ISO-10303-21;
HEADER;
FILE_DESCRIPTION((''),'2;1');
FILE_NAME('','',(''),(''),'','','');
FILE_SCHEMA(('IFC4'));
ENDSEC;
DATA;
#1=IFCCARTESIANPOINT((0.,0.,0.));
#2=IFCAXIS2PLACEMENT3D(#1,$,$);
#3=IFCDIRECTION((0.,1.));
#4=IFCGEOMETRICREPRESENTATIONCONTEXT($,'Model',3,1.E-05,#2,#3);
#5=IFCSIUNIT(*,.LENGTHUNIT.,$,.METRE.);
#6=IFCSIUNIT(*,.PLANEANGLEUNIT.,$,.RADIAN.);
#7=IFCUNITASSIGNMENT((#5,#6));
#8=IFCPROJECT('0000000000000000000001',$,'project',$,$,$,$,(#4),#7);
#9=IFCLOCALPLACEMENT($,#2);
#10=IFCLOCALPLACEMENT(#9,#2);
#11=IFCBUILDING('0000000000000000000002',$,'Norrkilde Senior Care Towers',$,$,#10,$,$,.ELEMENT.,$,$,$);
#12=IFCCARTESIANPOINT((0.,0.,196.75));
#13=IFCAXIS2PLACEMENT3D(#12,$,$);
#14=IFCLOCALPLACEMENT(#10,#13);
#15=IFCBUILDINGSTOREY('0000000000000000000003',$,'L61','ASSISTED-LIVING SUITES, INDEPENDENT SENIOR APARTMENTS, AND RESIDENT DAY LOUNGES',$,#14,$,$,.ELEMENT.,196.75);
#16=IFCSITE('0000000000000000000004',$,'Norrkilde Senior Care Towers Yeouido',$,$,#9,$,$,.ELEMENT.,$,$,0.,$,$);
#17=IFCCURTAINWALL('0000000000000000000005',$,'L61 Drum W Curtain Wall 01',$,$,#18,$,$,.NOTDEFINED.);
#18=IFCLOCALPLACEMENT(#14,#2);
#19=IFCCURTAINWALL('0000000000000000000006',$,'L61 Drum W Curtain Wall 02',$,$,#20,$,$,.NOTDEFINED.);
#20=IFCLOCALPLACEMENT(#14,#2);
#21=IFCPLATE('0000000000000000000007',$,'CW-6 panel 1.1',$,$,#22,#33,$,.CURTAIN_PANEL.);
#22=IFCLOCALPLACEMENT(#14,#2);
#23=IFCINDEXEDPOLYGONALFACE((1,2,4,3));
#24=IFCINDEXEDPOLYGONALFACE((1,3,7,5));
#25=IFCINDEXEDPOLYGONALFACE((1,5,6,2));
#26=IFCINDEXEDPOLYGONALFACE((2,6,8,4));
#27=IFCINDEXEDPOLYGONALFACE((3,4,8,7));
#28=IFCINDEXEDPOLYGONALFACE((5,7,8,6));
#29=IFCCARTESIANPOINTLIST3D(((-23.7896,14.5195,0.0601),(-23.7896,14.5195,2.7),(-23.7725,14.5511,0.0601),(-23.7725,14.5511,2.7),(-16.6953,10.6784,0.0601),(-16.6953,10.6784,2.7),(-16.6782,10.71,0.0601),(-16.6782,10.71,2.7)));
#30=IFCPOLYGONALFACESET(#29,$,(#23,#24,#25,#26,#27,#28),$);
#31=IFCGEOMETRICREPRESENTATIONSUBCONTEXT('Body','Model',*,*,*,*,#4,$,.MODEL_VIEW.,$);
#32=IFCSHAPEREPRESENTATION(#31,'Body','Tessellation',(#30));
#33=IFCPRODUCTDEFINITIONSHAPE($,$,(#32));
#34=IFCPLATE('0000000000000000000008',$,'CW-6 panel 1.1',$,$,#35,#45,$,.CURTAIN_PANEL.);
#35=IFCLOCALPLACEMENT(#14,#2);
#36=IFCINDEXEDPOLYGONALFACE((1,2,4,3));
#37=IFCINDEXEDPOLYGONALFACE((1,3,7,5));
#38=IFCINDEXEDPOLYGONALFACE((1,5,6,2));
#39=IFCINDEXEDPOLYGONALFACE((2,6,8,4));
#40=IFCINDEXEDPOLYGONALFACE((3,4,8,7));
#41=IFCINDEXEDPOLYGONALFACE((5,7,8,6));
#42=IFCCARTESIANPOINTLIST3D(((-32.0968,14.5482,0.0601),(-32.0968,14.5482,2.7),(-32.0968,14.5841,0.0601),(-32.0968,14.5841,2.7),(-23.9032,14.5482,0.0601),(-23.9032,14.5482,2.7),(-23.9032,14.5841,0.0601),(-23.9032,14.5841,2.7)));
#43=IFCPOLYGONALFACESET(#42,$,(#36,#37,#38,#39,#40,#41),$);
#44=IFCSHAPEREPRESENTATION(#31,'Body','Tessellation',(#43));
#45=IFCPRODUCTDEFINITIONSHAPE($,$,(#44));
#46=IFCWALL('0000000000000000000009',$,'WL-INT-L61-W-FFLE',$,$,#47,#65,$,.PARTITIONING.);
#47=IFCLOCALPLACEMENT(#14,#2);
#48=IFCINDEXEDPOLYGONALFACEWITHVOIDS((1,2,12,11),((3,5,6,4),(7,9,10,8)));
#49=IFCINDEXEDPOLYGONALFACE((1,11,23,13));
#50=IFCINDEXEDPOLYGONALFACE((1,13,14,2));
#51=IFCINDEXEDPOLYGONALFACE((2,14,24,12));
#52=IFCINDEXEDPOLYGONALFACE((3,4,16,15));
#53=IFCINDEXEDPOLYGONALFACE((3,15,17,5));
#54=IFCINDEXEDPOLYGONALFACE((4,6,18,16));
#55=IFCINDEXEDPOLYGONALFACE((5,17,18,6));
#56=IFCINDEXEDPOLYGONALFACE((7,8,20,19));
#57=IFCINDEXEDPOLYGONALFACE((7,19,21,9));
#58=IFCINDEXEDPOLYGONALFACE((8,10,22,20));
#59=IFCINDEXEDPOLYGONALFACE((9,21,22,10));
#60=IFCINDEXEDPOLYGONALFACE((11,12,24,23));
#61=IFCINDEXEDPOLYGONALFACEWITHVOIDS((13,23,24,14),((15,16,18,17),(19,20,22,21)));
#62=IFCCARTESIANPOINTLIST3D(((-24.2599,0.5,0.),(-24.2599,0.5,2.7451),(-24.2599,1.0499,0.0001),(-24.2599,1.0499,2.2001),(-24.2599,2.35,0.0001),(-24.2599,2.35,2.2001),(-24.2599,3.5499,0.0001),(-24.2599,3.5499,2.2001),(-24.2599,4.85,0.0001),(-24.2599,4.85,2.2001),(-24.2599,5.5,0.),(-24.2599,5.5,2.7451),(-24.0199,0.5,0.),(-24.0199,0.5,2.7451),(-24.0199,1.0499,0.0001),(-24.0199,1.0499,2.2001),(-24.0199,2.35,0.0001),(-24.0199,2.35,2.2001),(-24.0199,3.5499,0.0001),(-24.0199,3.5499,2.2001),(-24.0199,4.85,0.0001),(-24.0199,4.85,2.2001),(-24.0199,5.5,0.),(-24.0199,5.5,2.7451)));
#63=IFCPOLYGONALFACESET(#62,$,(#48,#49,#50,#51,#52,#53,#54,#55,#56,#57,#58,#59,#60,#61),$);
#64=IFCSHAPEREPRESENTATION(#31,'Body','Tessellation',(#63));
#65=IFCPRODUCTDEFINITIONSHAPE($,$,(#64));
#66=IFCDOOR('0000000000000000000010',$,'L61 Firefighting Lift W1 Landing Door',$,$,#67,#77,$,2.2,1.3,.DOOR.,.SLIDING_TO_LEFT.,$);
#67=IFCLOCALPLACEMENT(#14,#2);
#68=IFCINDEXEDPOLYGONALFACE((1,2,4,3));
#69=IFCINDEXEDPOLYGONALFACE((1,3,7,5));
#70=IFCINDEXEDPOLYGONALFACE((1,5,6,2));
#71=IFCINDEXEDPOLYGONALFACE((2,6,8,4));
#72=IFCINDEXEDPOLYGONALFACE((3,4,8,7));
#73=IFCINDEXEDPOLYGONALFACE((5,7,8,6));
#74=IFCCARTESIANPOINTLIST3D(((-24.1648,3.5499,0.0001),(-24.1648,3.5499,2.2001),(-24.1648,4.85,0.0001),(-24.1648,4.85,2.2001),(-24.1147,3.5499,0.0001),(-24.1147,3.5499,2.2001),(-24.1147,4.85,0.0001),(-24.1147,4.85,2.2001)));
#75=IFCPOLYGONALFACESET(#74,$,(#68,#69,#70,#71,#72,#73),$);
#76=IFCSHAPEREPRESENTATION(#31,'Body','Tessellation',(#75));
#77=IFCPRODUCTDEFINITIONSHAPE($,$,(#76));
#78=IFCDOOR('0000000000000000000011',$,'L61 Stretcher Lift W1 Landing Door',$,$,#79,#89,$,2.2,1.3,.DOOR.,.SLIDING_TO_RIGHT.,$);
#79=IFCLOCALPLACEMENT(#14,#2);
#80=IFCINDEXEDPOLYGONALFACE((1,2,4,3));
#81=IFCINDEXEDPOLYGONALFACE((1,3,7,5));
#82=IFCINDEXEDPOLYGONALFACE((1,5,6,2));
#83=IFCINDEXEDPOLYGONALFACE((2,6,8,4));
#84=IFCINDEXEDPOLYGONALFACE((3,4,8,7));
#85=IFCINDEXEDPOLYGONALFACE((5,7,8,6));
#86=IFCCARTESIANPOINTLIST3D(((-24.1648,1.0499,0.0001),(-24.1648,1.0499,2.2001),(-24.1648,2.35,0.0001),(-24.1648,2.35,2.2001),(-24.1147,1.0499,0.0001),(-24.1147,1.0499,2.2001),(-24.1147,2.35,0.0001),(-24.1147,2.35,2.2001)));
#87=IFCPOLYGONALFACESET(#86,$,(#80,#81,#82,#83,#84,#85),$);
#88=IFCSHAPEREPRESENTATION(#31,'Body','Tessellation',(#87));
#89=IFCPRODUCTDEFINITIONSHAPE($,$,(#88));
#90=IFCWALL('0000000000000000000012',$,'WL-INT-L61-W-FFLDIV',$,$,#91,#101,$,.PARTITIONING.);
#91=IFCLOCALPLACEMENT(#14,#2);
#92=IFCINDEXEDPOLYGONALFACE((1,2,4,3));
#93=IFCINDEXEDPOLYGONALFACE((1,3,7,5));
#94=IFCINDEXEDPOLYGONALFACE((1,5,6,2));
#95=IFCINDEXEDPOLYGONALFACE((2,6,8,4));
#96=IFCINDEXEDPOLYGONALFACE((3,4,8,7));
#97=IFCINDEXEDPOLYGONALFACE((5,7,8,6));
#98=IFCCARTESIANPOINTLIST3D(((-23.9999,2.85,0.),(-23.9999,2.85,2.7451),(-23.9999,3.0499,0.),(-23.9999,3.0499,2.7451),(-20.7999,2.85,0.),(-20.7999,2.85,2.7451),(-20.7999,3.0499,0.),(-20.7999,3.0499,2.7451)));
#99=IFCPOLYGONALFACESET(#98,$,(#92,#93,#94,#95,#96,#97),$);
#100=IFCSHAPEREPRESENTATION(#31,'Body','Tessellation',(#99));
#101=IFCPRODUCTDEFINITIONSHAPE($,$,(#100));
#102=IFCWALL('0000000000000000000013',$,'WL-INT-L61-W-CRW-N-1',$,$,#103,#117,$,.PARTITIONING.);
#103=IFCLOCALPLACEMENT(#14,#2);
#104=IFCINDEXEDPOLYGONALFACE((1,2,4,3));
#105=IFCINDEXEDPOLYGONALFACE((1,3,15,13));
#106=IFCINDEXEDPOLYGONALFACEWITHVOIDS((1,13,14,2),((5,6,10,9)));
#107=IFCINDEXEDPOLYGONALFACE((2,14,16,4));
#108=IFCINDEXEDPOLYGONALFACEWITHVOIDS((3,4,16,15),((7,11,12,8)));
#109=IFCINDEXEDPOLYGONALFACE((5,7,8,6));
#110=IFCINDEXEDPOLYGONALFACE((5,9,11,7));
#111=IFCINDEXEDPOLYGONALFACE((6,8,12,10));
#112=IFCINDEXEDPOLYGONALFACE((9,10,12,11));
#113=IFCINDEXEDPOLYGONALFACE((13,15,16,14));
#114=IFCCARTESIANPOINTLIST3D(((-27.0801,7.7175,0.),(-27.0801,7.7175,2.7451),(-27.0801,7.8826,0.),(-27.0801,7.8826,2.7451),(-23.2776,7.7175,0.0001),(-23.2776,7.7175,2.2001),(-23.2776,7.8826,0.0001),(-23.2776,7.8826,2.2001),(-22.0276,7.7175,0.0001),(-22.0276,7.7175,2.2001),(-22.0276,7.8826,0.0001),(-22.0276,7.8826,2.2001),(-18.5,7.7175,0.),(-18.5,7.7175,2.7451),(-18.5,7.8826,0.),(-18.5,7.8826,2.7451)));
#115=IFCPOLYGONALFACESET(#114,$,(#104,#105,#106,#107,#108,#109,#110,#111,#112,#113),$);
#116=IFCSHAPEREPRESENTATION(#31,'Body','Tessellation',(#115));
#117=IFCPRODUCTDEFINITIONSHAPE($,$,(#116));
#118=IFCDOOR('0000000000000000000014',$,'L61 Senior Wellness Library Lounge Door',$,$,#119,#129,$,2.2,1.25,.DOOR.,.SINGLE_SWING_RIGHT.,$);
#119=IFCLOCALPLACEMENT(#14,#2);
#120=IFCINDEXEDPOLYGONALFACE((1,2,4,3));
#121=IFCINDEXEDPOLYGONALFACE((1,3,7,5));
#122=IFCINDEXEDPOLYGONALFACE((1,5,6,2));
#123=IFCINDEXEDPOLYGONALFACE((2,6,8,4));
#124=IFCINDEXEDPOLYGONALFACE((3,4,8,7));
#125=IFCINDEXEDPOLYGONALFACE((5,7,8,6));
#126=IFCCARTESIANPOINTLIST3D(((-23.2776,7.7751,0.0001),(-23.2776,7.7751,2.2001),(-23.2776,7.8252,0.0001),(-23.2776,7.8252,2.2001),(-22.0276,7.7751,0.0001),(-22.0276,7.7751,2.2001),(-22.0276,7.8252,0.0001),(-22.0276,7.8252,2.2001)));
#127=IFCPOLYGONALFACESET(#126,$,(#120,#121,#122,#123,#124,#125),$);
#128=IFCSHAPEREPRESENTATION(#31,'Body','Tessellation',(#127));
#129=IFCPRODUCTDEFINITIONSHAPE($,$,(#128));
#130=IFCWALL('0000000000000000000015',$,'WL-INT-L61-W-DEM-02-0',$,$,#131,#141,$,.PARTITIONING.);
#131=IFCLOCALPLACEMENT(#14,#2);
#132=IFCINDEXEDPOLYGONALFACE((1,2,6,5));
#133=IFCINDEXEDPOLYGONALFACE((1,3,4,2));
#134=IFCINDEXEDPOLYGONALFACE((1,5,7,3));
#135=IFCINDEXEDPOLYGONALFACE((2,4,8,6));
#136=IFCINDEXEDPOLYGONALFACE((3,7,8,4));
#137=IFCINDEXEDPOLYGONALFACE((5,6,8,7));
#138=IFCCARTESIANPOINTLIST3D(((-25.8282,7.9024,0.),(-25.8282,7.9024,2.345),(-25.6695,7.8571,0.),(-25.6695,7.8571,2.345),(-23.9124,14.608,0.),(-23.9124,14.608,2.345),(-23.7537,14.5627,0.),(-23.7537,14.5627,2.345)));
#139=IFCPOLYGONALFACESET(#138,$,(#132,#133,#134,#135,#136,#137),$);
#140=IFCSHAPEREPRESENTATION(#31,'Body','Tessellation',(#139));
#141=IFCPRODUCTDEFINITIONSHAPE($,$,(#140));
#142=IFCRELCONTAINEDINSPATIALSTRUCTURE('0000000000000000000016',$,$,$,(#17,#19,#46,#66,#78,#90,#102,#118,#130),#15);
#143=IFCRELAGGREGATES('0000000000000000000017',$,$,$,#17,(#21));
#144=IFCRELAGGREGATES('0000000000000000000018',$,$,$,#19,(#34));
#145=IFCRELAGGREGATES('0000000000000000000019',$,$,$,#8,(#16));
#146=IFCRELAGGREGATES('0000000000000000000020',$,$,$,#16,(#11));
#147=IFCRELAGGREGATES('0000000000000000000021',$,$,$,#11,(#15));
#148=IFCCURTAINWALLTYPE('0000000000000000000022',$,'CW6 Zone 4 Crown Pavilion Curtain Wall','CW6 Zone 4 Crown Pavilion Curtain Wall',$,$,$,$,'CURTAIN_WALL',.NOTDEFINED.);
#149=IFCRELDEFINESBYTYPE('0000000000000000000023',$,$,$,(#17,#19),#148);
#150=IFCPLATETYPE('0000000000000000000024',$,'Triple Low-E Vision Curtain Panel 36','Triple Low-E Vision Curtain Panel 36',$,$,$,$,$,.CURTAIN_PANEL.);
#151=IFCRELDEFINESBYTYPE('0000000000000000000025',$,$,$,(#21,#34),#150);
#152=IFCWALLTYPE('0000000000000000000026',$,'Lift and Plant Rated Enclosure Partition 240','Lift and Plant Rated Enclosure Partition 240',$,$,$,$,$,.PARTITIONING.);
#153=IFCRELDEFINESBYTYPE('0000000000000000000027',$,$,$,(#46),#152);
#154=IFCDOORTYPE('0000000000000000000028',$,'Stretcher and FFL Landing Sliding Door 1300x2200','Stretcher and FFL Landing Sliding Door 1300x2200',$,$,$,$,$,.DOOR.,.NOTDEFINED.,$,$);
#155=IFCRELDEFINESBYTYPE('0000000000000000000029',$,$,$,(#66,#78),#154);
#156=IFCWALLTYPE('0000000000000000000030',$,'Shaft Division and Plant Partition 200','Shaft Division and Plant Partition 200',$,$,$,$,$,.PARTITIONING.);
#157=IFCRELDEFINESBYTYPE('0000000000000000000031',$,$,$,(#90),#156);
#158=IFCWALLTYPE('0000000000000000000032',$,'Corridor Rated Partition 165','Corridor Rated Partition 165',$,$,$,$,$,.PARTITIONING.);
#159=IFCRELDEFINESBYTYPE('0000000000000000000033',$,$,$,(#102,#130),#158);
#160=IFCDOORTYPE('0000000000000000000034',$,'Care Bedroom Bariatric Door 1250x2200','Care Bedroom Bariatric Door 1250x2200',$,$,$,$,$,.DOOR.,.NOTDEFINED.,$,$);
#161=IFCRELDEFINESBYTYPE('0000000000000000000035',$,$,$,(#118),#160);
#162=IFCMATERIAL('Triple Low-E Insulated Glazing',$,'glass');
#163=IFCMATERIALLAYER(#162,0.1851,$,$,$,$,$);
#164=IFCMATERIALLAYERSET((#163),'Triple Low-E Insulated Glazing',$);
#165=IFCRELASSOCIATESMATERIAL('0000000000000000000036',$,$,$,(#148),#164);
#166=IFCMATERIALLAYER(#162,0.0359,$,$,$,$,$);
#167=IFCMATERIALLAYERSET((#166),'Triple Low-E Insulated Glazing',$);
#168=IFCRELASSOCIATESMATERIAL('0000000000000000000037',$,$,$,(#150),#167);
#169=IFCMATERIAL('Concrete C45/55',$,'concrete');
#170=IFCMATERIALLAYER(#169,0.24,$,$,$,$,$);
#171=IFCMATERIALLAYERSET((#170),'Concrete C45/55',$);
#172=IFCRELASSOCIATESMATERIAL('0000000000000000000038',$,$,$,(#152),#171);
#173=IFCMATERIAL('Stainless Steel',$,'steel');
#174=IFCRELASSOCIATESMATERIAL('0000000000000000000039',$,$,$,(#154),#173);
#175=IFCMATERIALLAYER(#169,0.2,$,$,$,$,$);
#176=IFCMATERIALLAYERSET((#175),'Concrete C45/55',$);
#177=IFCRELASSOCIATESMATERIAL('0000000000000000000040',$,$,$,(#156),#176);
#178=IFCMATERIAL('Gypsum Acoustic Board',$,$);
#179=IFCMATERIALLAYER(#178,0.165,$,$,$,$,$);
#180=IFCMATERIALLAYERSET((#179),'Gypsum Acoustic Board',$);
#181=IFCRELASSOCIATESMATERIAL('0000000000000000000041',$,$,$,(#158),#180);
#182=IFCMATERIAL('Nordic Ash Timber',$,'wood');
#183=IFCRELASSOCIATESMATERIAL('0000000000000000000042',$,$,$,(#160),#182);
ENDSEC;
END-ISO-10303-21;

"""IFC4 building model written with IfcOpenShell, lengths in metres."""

from ifc_helpers import new_model, si_unit, direction, frame, frame_2d, origin, origin_2d, place, context, subcontext, project, spatial, rectangle, extrude, source, transform, mapped, material, layer, layer_set, type_object, type_shapes, element, fill, aggregate, save


model = new_model("IFC4")

# Units and contexts
model_context = context("Model", 3, precision=1e-05, world=origin(), true_north=direction((0.0, 1.0)))
body_context = subcontext(model_context, "Body", "Model", "MODEL_VIEW")
ifc_project = project(units=[si_unit("LENGTHUNIT", "METRE"), si_unit("PLANEANGLEUNIT", "RADIAN")], contexts=[model_context])

# Site, building, storey
site_placement = place(None, origin())
site = spatial("IfcSite", under=ifc_project, at=site_placement, Name="Norrkilde Senior Care Towers Yeouido", CompositionType="ELEMENT", RefElevation=0.0)
building_placement = place(site_placement, origin())
building = spatial("IfcBuilding", under=site, at=building_placement, Name="Norrkilde Senior Care Towers", CompositionType="ELEMENT")
storey_placement = place(building_placement, frame((0.0, 0.0, 196.75)))
storey = spatial("IfcBuildingStorey", under=building, at=storey_placement, Name="L61", Description="ASSISTED-LIVING SUITES, INDEPENDENT SENIOR APARTMENTS, AND RESIDENT DAY LOUNGES", CompositionType="ELEMENT", Elevation=196.75)

# Curtain wall
ifc_material_1 = material(Name="Triple Low-E Insulated Glazing", Category="glass")
ifc_layer_1 = layer(ifc_material_1, 0.1851)
ifc_layer_set_1 = layer_set([ifc_layer_1], Name="Triple Low-E Insulated Glazing")
curtain_wall_type = type_object("IfcCurtainWallType", Name="CW6 Zone 4 Crown Pavilion Curtain Wall", Description="CW6 Zone 4 Crown Pavilion Curtain Wall", ElementType="CURTAIN_WALL", PredefinedType="NOTDEFINED", material=ifc_layer_set_1)
curtain_wall_1_placement = place(storey_placement, origin())
curtain_wall_1 = element("IfcCurtainWall", 1, at=curtain_wall_1_placement, inside=storey, type_object=curtain_wall_type, Name="L61 Drum W Curtain Wall 01", PredefinedType="NOTDEFINED")

# Curtain wall
curtain_wall_2_placement = place(storey_placement, origin())
curtain_wall_2 = element("IfcCurtainWall", 2, at=curtain_wall_2_placement, inside=storey, type_object=curtain_wall_type, Name="L61 Drum W Curtain Wall 02", PredefinedType="NOTDEFINED")

# Plates
ifc_layer_2 = layer(ifc_material_1, 0.0359)
ifc_layer_set_2 = layer_set([ifc_layer_2], Name="Triple Low-E Insulated Glazing")
plate_type_1 = type_object("IfcPlateType", Name="Triple Low-E Vision Curtain Panel 36", Description="Triple Low-E Vision Curtain Panel 36", PredefinedType="CURTAIN_PANEL", material=ifc_layer_set_2)
shared_shape_1 = source(origin(), body_context, "Body", "SweptSolid", [
    extrude(rectangle(XDim=8.0674, YDim=0.0359, at=origin_2d()), origin(), (0.0, 0.0, 1.0), 2.6399),
])
plate_1_placement = place(storey_placement, frame((-20.2339, 12.6147, 0.0601), z_axis=(0.0, 0.0, 1.0), x_axis=(0.879373, -0.476133, 0.0)))
plate_1 = element("IfcPlate", 3, at=plate_1_placement, type_object=plate_type_1, Name="CW-6 panel 1.1", PredefinedType="CURTAIN_PANEL", context=body_context, shape_type="MappedRepresentation", body=[
    mapped(shared_shape_1, transform((0.0, 0.0, 0.0), x_axis=(1.0, 0.0, 0.0), y_axis=(0.0, 1.0, 0.0), z_axis=(0.0, 0.0, 1.0), scale=1.0)),
])
aggregate(curtain_wall_1, [plate_1])
shared_shape_2 = source(origin(), body_context, "Body", "SweptSolid", [
    extrude(rectangle(XDim=8.1936, YDim=0.0359, at=origin_2d()), origin(), (0.0, 0.0, 1.0), 2.6399),
])
type_shapes(plate_type_1, [shared_shape_1, shared_shape_2])
plate_2_placement = place(storey_placement, frame((-28.0, 14.5662, 0.0601), z_axis=(0.0, 0.0, 1.0), x_axis=(1.0, 0.0, 0.0)))
plate_2 = element("IfcPlate", 4, at=plate_2_placement, type_object=plate_type_1, Name="CW-6 panel 1.1", PredefinedType="CURTAIN_PANEL", context=body_context, shape_type="MappedRepresentation", body=[
    mapped(shared_shape_2, transform((0.0, 0.0, 0.0), x_axis=(1.0, 0.0, 0.0), y_axis=(0.0, 1.0, 0.0), z_axis=(0.0, 0.0, 1.0), scale=1.0)),
])
aggregate(curtain_wall_2, [plate_2])

# Shared definitions
ifc_material_2 = material(Name="Concrete C45/55", Category="concrete")

# Wall, openings, doors
ifc_layer_3 = layer(ifc_material_2, 0.24)
ifc_layer_set_3 = layer_set([ifc_layer_3], Name="Concrete C45/55")
wall_type_1 = type_object("IfcWallType", Name="Lift and Plant Rated Enclosure Partition 240", Description="Lift and Plant Rated Enclosure Partition 240", PredefinedType="PARTITIONING", material=ifc_layer_set_3)
shared_shape_3 = source(origin(), body_context, "Body", "SweptSolid", [
    extrude(rectangle(XDim=5.0, YDim=0.24, at=frame_2d((2.5, 0.0))), origin(), (0.0, 0.0, 1.0), 2.7451),
])
type_shapes(wall_type_1, [shared_shape_3])
wall_1_placement = place(storey_placement, frame((-24.1399, 0.5, 0.0), z_axis=(0.0, 0.0, 1.0), x_axis=(0.0, 1.0, 0.0)))
wall_1 = element("IfcWall", 5, at=wall_1_placement, inside=storey, type_object=wall_type_1, Name="WL-INT-L61-W-FFLE", PredefinedType="PARTITIONING", context=body_context, shape_type="MappedRepresentation", body=[
    mapped(shared_shape_3, transform((0.0, 0.0, 0.0), x_axis=(1.0, 0.0, 0.0), y_axis=(0.0, 1.0, 0.0), z_axis=(0.0, 0.0, 1.0), scale=1.0)),
])
opening_1_placement = place(wall_1_placement, frame((3.05, 0.0, 0.0)))
opening_1 = element("IfcOpeningElement", 6, at=opening_1_placement, cuts=wall_1, PredefinedType="OPENING", context=body_context, shape_type="SweptSolid", body=[
    extrude(rectangle(XDim=1.3, YDim=2.2, at=frame_2d((0.6499, 1.1001))), frame((0.0, 0.1299, 0.0), z_axis=(0.0, -1.0, 0.0), x_axis=(1.0, 0.0, 0.0)), (0.0, 0.0, 1.0), 0.26),
])
opening_2_placement = place(wall_1_placement, frame((0.55, 0.0, 0.0)))
opening_2 = element("IfcOpeningElement", 7, at=opening_2_placement, cuts=wall_1, PredefinedType="OPENING", context=body_context, shape_type="SweptSolid", body=[
    extrude(rectangle(XDim=1.3, YDim=2.2, at=frame_2d((0.6499, 1.1001))), frame((0.0, 0.1299, 0.0), z_axis=(0.0, -1.0, 0.0), x_axis=(1.0, 0.0, 0.0)), (0.0, 0.0, 1.0), 0.26),
])
ifc_material_3 = material(Name="Stainless Steel", Category="steel")
door_type_1 = type_object("IfcDoorType", Name="Stretcher and FFL Landing Sliding Door 1300x2200", Description="Stretcher and FFL Landing Sliding Door 1300x2200", OperationType="NOTDEFINED", PredefinedType="DOOR", material=ifc_material_3)
shared_shape_4 = source(origin(), body_context, "Body", "SweptSolid", [
    extrude(rectangle(XDim=1.3, YDim=2.2, at=frame_2d((0.6499, 1.1001))), frame((0.0, 0.0249, 0.0), z_axis=(0.0, -1.0, 0.0), x_axis=(1.0, 0.0, 0.0)), (0.0, 0.0, 1.0), 0.05),
])
type_shapes(door_type_1, [shared_shape_4])
door_1_placement = place(opening_1_placement, origin())
door_1 = element("IfcDoor", 8, at=door_1_placement, inside=storey, type_object=door_type_1, Name="L61 Firefighting Lift W1 Landing Door", OperationType="SLIDING_TO_LEFT", OverallHeight=2.2, OverallWidth=1.3, PredefinedType="DOOR", context=body_context, shape_type="MappedRepresentation", body=[
    mapped(shared_shape_4, transform((0.0, 0.0, 0.0), x_axis=(1.0, 0.0, 0.0), y_axis=(0.0, 1.0, 0.0), z_axis=(0.0, 0.0, 1.0), scale=1.0)),
])
fill(opening_1, door_1)
door_2_placement = place(opening_2_placement, origin())
door_2 = element("IfcDoor", 9, at=door_2_placement, inside=storey, type_object=door_type_1, Name="L61 Stretcher Lift W1 Landing Door", OperationType="SLIDING_TO_RIGHT", OverallHeight=2.2, OverallWidth=1.3, PredefinedType="DOOR", context=body_context, shape_type="MappedRepresentation", body=[
    mapped(shared_shape_4, transform((0.0, 0.0, 0.0), x_axis=(1.0, 0.0, 0.0), y_axis=(0.0, 1.0, 0.0), z_axis=(0.0, 0.0, 1.0), scale=1.0)),
])
fill(opening_2, door_2)

# Wall
ifc_layer_4 = layer(ifc_material_2, 0.2)
ifc_layer_set_4 = layer_set([ifc_layer_4], Name="Concrete C45/55")
wall_type_2 = type_object("IfcWallType", Name="Shaft Division and Plant Partition 200", Description="Shaft Division and Plant Partition 200", PredefinedType="PARTITIONING", material=ifc_layer_set_4)
shared_shape_5 = source(origin(), body_context, "Body", "SweptSolid", [
    extrude(rectangle(XDim=3.2, YDim=0.2, at=frame_2d((1.6001, 0.0))), origin(), (0.0, 0.0, 1.0), 2.7451),
])
type_shapes(wall_type_2, [shared_shape_5])
wall_2_placement = place(storey_placement, frame((-24.0, 2.95, 0.0), z_axis=(0.0, 0.0, 1.0), x_axis=(1.0, 0.0, 0.0)))
element("IfcWall", 10, at=wall_2_placement, inside=storey, type_object=wall_type_2, Name="WL-INT-L61-W-FFLDIV", PredefinedType="PARTITIONING", context=body_context, shape_type="MappedRepresentation", body=[
    mapped(shared_shape_5, transform((0.0, 0.0, 0.0), x_axis=(1.0, 0.0, 0.0), y_axis=(0.0, 1.0, 0.0), z_axis=(0.0, 0.0, 1.0), scale=1.0)),
])

# Wall, opening, door
ifc_material_4 = material(Name="Gypsum Acoustic Board")
ifc_layer_5 = layer(ifc_material_4, 0.165)
ifc_layer_set_5 = layer_set([ifc_layer_5], Name="Gypsum Acoustic Board")
wall_type_3 = type_object("IfcWallType", Name="Corridor Rated Partition 165", Description="Corridor Rated Partition 165", PredefinedType="PARTITIONING", material=ifc_layer_set_5)
shared_shape_6 = source(origin(), body_context, "Body", "SweptSolid", [
    extrude(rectangle(XDim=8.5801, YDim=0.165, at=frame_2d((4.29, 0.0))), origin(), (0.0, 0.0, 1.0), 2.7451),
])
wall_3_placement = place(storey_placement, frame((-27.0801, 7.8, 0.0), z_axis=(0.0, 0.0, 1.0), x_axis=(1.0, 0.0, 0.0)))
wall_3 = element("IfcWall", 11, at=wall_3_placement, inside=storey, type_object=wall_type_3, Name="WL-INT-L61-W-CRW-N-1", PredefinedType="PARTITIONING", context=body_context, shape_type="MappedRepresentation", body=[
    mapped(shared_shape_6, transform((0.0, 0.0, 0.0), x_axis=(1.0, 0.0, 0.0), y_axis=(0.0, 1.0, 0.0), z_axis=(0.0, 0.0, 1.0), scale=1.0)),
])
opening_3_placement = place(wall_3_placement, frame((3.8025, 0.0, 0.0)))
opening_3 = element("IfcOpeningElement", 12, at=opening_3_placement, cuts=wall_3, PredefinedType="OPENING", context=body_context, shape_type="SweptSolid", body=[
    extrude(rectangle(XDim=1.25, YDim=2.2, at=frame_2d((0.625, 1.1001))), frame((0.0, 0.0925, 0.0), z_axis=(0.0, -1.0, 0.0), x_axis=(1.0, 0.0, 0.0)), (0.0, 0.0, 1.0), 0.1851),
])
ifc_material_5 = material(Name="Nordic Ash Timber", Category="wood")
door_type_2 = type_object("IfcDoorType", Name="Care Bedroom Bariatric Door 1250x2200", Description="Care Bedroom Bariatric Door 1250x2200", OperationType="NOTDEFINED", PredefinedType="DOOR", material=ifc_material_5)
shared_shape_7 = source(origin(), body_context, "Body", "SweptSolid", [
    extrude(rectangle(XDim=1.25, YDim=2.2, at=frame_2d((0.625, 1.1001))), frame((0.0, 0.0249, 0.0), z_axis=(0.0, -1.0, 0.0), x_axis=(1.0, 0.0, 0.0)), (0.0, 0.0, 1.0), 0.05),
])
type_shapes(door_type_2, [shared_shape_7])
door_3_placement = place(opening_3_placement, frame((1.25, 0.0, 0.0), z_axis=(0.0, 0.0, 1.0), x_axis=(-1.0, 0.0, 0.0)))
door_3 = element("IfcDoor", 13, at=door_3_placement, inside=storey, type_object=door_type_2, Name="L61 Senior Wellness Library Lounge Door", OperationType="SINGLE_SWING_RIGHT", OverallHeight=2.2, OverallWidth=1.25, PredefinedType="DOOR", context=body_context, shape_type="MappedRepresentation", body=[
    mapped(shared_shape_7, transform((0.0, 0.0, 0.0), x_axis=(1.0, 0.0, 0.0), y_axis=(0.0, 1.0, 0.0), z_axis=(0.0, 0.0, 1.0), scale=1.0)),
])
fill(opening_3, door_3)

# Wall
shared_shape_8 = source(origin(), body_context, "Body", "SweptSolid", [
    extrude(rectangle(XDim=6.9739, YDim=0.165, at=frame_2d((3.4868, 0.0))), origin(), (0.0, 0.0, 1.0), 2.345),
])
wall_4_placement = place(storey_placement, frame((-25.7488, 7.8799, 0.0), z_axis=(0.0, 0.0, 1.0), x_axis=(0.274707, 0.961528, 0.0)))
element("IfcWall", 14, at=wall_4_placement, inside=storey, type_object=wall_type_3, Name="WL-INT-L61-W-DEM-02-0", PredefinedType="PARTITIONING", context=body_context, shape_type="MappedRepresentation", body=[
    mapped(shared_shape_8, transform((0.0, 0.0, 0.0), x_axis=(1.0, 0.0, 0.0), y_axis=(0.0, 1.0, 0.0), z_axis=(0.0, 0.0, 1.0), scale=1.0)),
])

save(model, "model.ifc")
